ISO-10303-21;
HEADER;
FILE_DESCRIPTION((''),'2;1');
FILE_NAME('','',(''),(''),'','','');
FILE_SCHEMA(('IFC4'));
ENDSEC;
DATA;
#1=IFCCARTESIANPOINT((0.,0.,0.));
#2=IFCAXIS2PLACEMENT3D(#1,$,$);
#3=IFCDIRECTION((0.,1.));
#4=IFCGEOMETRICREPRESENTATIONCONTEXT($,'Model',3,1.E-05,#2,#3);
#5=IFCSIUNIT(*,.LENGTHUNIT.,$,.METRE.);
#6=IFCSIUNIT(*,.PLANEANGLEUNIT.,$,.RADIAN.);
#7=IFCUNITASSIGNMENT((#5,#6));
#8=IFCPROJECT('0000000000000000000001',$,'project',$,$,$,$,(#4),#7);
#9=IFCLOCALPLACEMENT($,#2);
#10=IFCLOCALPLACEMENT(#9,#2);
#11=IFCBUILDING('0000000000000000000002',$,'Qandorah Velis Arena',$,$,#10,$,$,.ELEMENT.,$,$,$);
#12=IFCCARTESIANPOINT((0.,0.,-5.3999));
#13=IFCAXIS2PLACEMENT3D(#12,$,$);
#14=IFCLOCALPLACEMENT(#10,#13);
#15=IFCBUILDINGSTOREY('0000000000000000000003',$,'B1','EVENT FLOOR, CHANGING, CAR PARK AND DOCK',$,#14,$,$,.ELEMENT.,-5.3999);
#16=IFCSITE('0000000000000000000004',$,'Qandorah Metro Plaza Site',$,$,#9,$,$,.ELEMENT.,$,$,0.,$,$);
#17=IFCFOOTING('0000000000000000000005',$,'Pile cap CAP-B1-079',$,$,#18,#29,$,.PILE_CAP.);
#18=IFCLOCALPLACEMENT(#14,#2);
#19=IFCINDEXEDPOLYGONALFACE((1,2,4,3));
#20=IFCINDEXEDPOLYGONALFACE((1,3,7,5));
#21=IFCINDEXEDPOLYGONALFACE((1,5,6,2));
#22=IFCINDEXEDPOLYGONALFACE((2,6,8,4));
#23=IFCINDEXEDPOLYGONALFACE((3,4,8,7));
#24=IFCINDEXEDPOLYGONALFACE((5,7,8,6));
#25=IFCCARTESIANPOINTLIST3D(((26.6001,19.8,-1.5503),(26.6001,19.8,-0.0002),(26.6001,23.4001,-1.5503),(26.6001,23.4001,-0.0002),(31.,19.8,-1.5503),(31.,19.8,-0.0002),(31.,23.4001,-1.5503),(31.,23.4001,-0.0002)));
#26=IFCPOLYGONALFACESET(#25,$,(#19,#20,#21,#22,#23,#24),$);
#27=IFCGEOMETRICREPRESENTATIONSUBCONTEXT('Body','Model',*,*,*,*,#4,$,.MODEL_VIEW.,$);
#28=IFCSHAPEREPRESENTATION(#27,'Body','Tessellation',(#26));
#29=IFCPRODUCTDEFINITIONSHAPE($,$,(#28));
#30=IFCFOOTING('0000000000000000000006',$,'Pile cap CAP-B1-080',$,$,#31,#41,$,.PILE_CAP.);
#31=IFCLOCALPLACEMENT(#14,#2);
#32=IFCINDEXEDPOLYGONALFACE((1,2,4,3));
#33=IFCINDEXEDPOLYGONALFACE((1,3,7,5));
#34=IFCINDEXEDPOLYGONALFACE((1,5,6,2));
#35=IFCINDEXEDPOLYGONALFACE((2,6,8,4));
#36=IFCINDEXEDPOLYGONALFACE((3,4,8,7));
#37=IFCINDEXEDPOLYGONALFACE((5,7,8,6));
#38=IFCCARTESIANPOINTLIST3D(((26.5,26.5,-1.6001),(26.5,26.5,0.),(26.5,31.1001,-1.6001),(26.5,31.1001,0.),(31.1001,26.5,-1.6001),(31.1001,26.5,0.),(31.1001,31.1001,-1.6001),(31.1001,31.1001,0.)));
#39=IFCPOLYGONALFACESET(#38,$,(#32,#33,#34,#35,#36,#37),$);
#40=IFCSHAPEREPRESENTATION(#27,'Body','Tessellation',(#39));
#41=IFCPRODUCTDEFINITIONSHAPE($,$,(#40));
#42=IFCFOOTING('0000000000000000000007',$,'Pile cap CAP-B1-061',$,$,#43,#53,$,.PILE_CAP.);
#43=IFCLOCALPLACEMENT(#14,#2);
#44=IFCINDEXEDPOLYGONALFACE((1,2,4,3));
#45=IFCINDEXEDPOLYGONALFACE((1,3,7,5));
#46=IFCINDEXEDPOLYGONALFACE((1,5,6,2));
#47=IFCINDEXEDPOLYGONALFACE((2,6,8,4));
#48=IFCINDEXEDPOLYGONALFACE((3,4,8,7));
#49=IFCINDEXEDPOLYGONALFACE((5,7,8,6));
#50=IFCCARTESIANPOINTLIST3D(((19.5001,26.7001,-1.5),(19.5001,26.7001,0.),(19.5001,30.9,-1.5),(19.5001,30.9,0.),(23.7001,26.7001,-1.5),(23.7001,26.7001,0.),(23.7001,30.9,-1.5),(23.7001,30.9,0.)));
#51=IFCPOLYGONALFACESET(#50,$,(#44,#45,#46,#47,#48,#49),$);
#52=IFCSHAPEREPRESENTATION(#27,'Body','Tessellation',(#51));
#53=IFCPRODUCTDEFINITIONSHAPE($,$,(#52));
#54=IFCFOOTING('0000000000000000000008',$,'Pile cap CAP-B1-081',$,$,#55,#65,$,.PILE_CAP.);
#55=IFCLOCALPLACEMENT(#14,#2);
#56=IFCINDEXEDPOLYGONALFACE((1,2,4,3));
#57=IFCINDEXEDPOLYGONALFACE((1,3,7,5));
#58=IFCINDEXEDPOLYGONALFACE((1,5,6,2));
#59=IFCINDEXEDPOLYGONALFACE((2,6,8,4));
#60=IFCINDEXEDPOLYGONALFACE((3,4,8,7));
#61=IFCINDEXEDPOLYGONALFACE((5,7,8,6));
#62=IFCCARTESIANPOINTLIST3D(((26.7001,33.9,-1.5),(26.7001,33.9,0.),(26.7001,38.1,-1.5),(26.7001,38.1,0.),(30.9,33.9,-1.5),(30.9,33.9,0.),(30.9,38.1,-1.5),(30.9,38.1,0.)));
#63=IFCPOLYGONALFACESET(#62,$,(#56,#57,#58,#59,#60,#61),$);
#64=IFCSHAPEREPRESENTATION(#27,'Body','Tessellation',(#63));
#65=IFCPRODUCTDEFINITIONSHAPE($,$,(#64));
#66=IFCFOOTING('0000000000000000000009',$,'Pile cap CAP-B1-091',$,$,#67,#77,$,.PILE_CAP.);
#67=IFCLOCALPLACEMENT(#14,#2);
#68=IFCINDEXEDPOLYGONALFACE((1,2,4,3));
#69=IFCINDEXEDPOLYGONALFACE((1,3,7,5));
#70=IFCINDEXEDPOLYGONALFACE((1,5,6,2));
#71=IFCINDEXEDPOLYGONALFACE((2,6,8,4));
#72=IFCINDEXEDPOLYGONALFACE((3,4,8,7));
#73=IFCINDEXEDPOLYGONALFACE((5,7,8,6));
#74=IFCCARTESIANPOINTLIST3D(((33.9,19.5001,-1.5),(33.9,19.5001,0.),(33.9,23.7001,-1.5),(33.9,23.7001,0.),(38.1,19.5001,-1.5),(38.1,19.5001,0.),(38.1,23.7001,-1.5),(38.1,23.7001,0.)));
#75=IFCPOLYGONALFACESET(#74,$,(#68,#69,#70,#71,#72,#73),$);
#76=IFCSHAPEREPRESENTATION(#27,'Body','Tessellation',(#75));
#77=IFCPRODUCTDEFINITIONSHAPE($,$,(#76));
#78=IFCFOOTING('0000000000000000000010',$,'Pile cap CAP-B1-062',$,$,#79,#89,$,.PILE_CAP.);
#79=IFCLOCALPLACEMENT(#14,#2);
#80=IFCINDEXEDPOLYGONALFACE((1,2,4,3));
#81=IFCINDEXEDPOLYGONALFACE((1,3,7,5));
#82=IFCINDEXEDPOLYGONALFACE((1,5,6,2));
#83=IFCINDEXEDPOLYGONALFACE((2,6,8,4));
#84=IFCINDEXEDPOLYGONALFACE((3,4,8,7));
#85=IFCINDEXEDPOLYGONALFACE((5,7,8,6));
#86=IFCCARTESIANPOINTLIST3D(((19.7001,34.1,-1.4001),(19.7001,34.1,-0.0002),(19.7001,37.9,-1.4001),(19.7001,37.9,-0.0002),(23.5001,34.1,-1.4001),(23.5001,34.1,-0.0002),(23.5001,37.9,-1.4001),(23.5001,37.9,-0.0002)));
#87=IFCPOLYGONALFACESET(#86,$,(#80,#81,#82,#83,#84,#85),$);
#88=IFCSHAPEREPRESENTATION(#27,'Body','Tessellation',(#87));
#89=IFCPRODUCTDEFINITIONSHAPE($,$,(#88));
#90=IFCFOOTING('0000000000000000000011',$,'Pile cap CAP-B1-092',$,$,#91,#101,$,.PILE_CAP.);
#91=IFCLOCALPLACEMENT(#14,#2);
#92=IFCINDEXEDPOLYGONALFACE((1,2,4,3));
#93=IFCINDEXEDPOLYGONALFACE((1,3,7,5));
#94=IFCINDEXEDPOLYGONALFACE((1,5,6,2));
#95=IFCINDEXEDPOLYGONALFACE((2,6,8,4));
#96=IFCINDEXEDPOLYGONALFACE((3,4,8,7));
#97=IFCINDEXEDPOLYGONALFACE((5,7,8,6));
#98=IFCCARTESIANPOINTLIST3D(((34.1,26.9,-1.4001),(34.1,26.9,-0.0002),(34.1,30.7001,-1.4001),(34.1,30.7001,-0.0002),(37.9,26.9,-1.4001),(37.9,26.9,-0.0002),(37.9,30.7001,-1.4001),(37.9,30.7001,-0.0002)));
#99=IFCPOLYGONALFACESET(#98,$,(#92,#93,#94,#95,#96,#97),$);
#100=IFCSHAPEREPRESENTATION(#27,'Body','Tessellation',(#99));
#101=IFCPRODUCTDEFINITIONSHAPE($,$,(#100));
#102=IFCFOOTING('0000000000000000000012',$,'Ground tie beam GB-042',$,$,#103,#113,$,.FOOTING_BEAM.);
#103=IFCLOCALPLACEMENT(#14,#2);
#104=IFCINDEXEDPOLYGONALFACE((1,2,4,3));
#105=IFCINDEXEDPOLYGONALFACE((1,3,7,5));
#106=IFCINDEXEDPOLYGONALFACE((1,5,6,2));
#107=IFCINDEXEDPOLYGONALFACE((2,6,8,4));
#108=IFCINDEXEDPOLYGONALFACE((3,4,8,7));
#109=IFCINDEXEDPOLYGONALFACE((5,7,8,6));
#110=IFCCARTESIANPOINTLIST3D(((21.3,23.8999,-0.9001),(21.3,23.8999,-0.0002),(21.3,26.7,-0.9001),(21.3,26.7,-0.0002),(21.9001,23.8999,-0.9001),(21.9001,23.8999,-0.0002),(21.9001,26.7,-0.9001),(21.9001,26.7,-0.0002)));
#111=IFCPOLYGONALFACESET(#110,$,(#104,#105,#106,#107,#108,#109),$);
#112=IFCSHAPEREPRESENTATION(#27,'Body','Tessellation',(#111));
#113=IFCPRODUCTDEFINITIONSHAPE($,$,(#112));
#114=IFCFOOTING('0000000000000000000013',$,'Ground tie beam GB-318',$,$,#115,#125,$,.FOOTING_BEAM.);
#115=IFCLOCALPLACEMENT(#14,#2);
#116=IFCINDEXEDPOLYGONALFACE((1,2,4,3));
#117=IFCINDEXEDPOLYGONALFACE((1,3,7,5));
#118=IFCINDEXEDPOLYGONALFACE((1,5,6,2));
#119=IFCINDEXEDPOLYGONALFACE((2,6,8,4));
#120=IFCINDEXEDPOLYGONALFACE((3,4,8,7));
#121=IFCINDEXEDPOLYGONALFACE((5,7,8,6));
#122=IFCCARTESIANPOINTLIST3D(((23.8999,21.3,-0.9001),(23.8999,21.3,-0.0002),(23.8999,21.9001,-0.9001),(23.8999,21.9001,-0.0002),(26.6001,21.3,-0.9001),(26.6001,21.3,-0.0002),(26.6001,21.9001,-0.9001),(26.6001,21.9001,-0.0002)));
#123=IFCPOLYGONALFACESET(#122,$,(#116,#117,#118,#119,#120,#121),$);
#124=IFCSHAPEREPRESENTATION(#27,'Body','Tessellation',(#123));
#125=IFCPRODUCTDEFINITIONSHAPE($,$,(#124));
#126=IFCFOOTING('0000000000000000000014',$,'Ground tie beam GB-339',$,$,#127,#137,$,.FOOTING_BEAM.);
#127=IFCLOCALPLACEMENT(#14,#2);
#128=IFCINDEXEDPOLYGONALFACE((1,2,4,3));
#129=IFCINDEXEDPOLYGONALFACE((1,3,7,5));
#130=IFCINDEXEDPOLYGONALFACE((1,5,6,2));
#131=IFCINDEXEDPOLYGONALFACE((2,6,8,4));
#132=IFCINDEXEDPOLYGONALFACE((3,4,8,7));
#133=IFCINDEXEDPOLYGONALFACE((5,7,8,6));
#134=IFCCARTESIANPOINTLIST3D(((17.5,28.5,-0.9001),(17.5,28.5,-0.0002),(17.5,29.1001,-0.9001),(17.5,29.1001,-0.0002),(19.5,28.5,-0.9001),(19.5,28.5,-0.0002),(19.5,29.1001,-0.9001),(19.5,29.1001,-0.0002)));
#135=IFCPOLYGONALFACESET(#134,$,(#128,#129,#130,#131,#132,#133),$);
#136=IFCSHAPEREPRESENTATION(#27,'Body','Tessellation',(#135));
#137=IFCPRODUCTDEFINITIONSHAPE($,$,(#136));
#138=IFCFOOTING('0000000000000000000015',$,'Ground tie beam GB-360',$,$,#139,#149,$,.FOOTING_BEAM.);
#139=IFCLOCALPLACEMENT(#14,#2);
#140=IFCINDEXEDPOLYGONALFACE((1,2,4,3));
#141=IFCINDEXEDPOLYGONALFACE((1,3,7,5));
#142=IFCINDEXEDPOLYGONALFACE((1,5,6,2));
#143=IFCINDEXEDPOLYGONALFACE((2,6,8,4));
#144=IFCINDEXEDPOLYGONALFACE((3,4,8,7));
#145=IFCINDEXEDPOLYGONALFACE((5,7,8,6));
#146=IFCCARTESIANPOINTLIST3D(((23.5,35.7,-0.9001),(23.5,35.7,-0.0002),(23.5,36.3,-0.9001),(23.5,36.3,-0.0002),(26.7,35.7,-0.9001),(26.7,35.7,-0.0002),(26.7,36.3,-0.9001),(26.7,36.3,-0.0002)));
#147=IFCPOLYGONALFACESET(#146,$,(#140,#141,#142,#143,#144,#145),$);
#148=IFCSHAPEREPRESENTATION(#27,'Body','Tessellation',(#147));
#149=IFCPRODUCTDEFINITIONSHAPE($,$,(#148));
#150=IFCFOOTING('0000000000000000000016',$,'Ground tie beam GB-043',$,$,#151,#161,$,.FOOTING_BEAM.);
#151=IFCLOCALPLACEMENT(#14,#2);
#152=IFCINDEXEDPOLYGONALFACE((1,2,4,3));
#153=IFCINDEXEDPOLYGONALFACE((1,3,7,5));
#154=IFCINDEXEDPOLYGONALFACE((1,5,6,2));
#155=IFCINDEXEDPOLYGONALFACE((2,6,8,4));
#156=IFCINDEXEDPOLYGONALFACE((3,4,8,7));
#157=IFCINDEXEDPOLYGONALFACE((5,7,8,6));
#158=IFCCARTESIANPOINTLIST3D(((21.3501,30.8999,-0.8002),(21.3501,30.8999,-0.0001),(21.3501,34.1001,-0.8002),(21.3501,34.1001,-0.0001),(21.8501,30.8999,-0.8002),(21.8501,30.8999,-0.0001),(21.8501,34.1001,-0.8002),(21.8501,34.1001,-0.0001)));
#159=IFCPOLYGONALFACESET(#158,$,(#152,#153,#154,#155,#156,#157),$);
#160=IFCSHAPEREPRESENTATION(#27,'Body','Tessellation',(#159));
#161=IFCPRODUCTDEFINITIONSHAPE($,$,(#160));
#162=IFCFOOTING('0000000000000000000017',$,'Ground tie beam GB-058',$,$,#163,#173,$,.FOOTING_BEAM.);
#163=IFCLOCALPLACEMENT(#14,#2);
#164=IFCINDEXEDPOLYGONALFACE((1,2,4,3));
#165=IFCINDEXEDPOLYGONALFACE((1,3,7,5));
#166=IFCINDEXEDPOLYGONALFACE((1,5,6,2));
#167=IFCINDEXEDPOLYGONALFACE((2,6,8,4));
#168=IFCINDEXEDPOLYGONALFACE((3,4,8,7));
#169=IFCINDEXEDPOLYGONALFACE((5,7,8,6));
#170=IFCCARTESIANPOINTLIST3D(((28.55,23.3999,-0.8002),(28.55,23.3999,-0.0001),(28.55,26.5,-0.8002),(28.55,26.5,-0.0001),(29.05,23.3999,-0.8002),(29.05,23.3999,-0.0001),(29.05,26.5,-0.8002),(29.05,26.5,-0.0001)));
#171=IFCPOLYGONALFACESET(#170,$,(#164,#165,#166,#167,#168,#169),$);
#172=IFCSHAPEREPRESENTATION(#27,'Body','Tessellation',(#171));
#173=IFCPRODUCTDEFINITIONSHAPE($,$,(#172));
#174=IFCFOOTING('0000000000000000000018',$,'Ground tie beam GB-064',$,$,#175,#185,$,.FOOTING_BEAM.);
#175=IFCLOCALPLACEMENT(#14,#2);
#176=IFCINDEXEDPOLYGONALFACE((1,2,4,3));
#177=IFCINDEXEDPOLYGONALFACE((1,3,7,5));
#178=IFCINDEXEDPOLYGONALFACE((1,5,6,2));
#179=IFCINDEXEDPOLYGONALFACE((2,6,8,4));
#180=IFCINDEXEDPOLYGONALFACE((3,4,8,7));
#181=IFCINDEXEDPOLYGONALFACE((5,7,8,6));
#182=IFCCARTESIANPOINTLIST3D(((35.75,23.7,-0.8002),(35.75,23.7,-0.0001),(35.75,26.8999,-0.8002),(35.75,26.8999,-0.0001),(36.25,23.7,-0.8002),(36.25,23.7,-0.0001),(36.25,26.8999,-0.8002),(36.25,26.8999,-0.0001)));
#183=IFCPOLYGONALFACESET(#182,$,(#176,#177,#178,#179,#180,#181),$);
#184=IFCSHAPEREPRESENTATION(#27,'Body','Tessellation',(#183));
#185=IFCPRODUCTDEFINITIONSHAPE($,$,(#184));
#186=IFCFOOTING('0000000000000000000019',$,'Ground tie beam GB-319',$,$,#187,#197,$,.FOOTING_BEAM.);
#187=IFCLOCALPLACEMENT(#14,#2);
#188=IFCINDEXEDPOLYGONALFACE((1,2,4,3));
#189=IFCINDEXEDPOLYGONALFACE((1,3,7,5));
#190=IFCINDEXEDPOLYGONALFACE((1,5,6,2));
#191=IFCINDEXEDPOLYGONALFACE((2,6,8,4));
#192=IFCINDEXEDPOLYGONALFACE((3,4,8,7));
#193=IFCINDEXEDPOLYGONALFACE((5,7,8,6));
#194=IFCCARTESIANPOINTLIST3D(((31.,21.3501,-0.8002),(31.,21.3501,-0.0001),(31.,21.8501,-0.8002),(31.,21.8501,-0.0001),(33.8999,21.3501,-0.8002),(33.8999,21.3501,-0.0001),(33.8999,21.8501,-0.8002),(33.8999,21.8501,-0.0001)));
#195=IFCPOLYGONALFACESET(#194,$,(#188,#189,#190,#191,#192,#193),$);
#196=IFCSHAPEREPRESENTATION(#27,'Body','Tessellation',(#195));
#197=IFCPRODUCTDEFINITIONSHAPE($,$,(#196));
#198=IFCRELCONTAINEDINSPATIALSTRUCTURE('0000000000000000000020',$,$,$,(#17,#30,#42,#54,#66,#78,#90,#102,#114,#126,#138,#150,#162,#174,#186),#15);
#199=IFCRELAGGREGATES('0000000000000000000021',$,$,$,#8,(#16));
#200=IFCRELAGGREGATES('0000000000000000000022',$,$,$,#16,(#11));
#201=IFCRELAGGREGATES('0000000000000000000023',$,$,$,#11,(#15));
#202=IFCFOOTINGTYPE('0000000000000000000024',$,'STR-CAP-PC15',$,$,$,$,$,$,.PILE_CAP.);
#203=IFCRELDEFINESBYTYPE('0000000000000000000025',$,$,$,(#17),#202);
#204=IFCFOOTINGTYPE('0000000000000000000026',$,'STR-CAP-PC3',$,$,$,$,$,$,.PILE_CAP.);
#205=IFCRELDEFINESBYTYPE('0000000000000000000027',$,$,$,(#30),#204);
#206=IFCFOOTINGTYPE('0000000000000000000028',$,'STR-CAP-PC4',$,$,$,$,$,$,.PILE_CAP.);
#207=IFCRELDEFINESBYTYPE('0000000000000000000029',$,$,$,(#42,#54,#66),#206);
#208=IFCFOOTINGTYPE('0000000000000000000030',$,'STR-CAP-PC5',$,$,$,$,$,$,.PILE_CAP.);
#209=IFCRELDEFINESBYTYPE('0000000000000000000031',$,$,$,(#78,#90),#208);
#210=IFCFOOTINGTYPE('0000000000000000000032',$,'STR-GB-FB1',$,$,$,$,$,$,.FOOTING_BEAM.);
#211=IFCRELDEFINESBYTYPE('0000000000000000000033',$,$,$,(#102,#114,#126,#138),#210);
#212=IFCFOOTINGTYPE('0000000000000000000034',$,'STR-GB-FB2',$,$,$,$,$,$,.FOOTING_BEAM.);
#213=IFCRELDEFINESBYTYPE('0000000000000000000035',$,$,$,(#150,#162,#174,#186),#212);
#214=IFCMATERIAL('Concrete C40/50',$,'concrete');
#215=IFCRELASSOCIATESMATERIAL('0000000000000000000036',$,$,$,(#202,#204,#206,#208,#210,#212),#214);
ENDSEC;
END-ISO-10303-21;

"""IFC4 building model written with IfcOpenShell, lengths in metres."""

from ifc_helpers import new_model, si_unit, direction, frame, origin, origin_2d, place, context, subcontext, project, spatial, rectangle, extrude, material, material_profile, profile_set, type_object, element, save


model = new_model("IFC4")

# Units and contexts
model_context = context("Model", 3, precision=1e-05, world=origin(), true_north=direction((0.0, 1.0)))
body_context = subcontext(model_context, "Body", "Model", "MODEL_VIEW")
ifc_project = project(units=[si_unit("LENGTHUNIT", "METRE"), si_unit("PLANEANGLEUNIT", "RADIAN")], contexts=[model_context])

# Site, building, storey
site_placement = place(None, origin())
site = spatial("IfcSite", under=ifc_project, at=site_placement, Name="Qandorah Metro Plaza Site", CompositionType="ELEMENT", RefElevation=0.0)
building_placement = place(site_placement, origin())
building = spatial("IfcBuilding", under=site, at=building_placement, Name="Qandorah Velis Arena", CompositionType="ELEMENT")
storey_placement = place(building_placement, frame((0.0, 0.0, -5.3999)))
storey = spatial("IfcBuildingStorey", under=building, at=storey_placement, Name="B1", Description="EVENT FLOOR, CHANGING, CAR PARK AND DOCK", CompositionType="ELEMENT", Elevation=-5.3999)

# Footings
ifc_material = material(Name="Concrete C40/50", Category="concrete")
footing_type_1 = type_object("IfcFootingType", Name="STR-CAP-PC15", PredefinedType="PILE_CAP", material=ifc_material)
footing_1_placement = place(storey_placement, frame((28.8, 21.6001, -1.5503), z_axis=(0.0, 0.0, 1.0), x_axis=(1.0, 0.0, 0.0)))
element("IfcFooting", 1, at=footing_1_placement, inside=storey, type_object=footing_type_1, Name="Pile cap CAP-B1-079", PredefinedType="PILE_CAP", context=body_context, shape_type="SweptSolid", body=[
    extrude(rectangle(XDim=4.3999, YDim=3.6001, at=origin_2d()), origin(), (0.0, 0.0, 1.0), 1.55),
])
footing_type_2 = type_object("IfcFootingType", Name="STR-CAP-PC3", PredefinedType="PILE_CAP", material=ifc_material)
footing_2_placement = place(storey_placement, frame((28.8, 28.8, -1.6001), z_axis=(0.0, 0.0, 1.0), x_axis=(1.0, 0.0, 0.0)))
element("IfcFooting", 2, at=footing_2_placement, inside=storey, type_object=footing_type_2, Name="Pile cap CAP-B1-080", PredefinedType="PILE_CAP", context=body_context, shape_type="SweptSolid", body=[
    extrude(rectangle(XDim=4.6001, YDim=4.6001, at=origin_2d()), origin(), (0.0, 0.0, 1.0), 1.6001),
])
footing_type_3 = type_object("IfcFootingType", Name="STR-CAP-PC4", PredefinedType="PILE_CAP", material=ifc_material)
for number, where, z_axis, x_axis, name in (
    (3, (21.6001, 28.8, -1.5), (0.0, 0.0, 1.0), (1.0, 0.0, 0.0), "Pile cap CAP-B1-061"),
    (4, (28.8, 36.0, -1.5), (0.0, 0.0, 1.0), (1.0, 0.0, 0.0), "Pile cap CAP-B1-081"),
    (5, (36.0, 21.6001, -1.5), (0.0, 0.0, 1.0), (1.0, 0.0, 0.0), "Pile cap CAP-B1-091"),
):
    element("IfcFooting", number, at=place(storey_placement, frame(where, z_axis=z_axis, x_axis=x_axis)), inside=storey, type_object=footing_type_3, Name=name, PredefinedType="PILE_CAP", context=body_context, shape_type="SweptSolid", body=[
        extrude(rectangle(XDim=4.2, YDim=4.2, at=origin_2d()), origin(), (0.0, 0.0, 1.0), 1.5),
    ])
footing_type_4 = type_object("IfcFootingType", Name="STR-CAP-PC5", PredefinedType="PILE_CAP", material=ifc_material)
for number, where, z_axis, x_axis, name in (
    (6, (21.6001, 36.0, -1.4001), (0.0, 0.0, 1.0), (1.0, 0.0, 0.0), "Pile cap CAP-B1-062"),
    (7, (36.0, 28.8, -1.4001), (0.0, 0.0, 1.0), (1.0, 0.0, 0.0), "Pile cap CAP-B1-092"),
):
    element("IfcFooting", number, at=place(storey_placement, frame(where, z_axis=z_axis, x_axis=x_axis)), inside=storey, type_object=footing_type_4, Name=name, PredefinedType="PILE_CAP", context=body_context, shape_type="SweptSolid", body=[
        extrude(rectangle(XDim=3.8, YDim=3.8, at=origin_2d()), origin(), (0.0, 0.0, 1.0), 1.3999),
    ])
ifc_material_profile_1 = material_profile(ifc_material, rectangle(XDim=0.6001, YDim=0.8999, at=origin_2d()), Name="GB1 600x900")
ifc_profile_set_1 = profile_set([ifc_material_profile_1], Name="Concrete C40/50")
footing_type_5 = type_object("IfcFootingType", Name="STR-GB-FB1", PredefinedType="FOOTING_BEAM", material=ifc_profile_set_1)
footing_3_placement = place(storey_placement, frame((21.6001, 23.8999, -0.4502), z_axis=(0.0, 1.0, 0.0), x_axis=(-1.0, 0.0, 0.0)))
element("IfcFooting", 8, at=footing_3_placement, inside=storey, type_object=footing_type_5, Name="Ground tie beam GB-042", PredefinedType="FOOTING_BEAM", context=body_context, shape_type="SweptSolid", body=[
    extrude(rectangle(XDim=0.6001, YDim=0.8999, at=origin_2d()), origin(), (0.0, 0.0, 1.0), 2.8),
])
footing_4_placement = place(storey_placement, frame((23.8999, 21.6001, -0.4502), z_axis=(1.0, 0.0, 0.0), x_axis=(0.0, 1.0, 0.0)))
element("IfcFooting", 9, at=footing_4_placement, inside=storey, type_object=footing_type_5, Name="Ground tie beam GB-318", PredefinedType="FOOTING_BEAM", context=body_context, shape_type="SweptSolid", body=[
    extrude(rectangle(XDim=0.6001, YDim=0.8999, at=origin_2d()), origin(), (0.0, 0.0, 1.0), 2.7002),
])
footing_5_placement = place(storey_placement, frame((17.5, 28.8, -0.4502), z_axis=(1.0, 0.0, 0.0), x_axis=(0.0, 1.0, 0.0)))
element("IfcFooting", 10, at=footing_5_placement, inside=storey, type_object=footing_type_5, Name="Ground tie beam GB-339", PredefinedType="FOOTING_BEAM", context=body_context, shape_type="SweptSolid", body=[
    extrude(rectangle(XDim=0.6001, YDim=0.8999, at=origin_2d()), origin(), (0.0, 0.0, 1.0), 2.0),
])
footing_6_placement = place(storey_placement, frame((23.5, 36.0, -0.4502), z_axis=(1.0, 0.0, 0.0), x_axis=(0.0, 1.0, 0.0)))
element("IfcFooting", 11, at=footing_6_placement, inside=storey, type_object=footing_type_5, Name="Ground tie beam GB-360", PredefinedType="FOOTING_BEAM", context=body_context, shape_type="SweptSolid", body=[
    extrude(rectangle(XDim=0.6001, YDim=0.8999, at=origin_2d()), origin(), (0.0, 0.0, 1.0), 3.2),
])
ifc_material_profile_2 = material_profile(ifc_material, rectangle(XDim=0.5, YDim=0.8, at=origin_2d()), Name="GB2 500x800")
ifc_profile_set_2 = profile_set([ifc_material_profile_2], Name="Concrete C40/50")
footing_type_6 = type_object("IfcFootingType", Name="STR-GB-FB2", PredefinedType="FOOTING_BEAM", material=ifc_profile_set_2)
footing_7_placement = place(storey_placement, frame((21.6001, 30.8999, -0.4001), z_axis=(0.0, 1.0, 0.0), x_axis=(-1.0, 0.0, 0.0)))
element("IfcFooting", 12, at=footing_7_placement, inside=storey, type_object=footing_type_6, Name="Ground tie beam GB-043", PredefinedType="FOOTING_BEAM", context=body_context, shape_type="SweptSolid", body=[
    extrude(rectangle(XDim=0.5, YDim=0.8, at=origin_2d()), origin(), (0.0, 0.0, 1.0), 3.2002),
])
footing_8_placement = place(storey_placement, frame((28.8, 23.3999, -0.4001), z_axis=(0.0, 1.0, 0.0), x_axis=(-1.0, 0.0, 0.0)))
element("IfcFooting", 13, at=footing_8_placement, inside=storey, type_object=footing_type_6, Name="Ground tie beam GB-058", PredefinedType="FOOTING_BEAM", context=body_context, shape_type="SweptSolid", body=[
    extrude(rectangle(XDim=0.5, YDim=0.8, at=origin_2d()), origin(), (0.0, 0.0, 1.0), 3.1001),
])
footing_9_placement = place(storey_placement, frame((36.0, 23.7, -0.4001), z_axis=(0.0, 1.0, 0.0), x_axis=(-1.0, 0.0, 0.0)))
element("IfcFooting", 14, at=footing_9_placement, inside=storey, type_object=footing_type_6, Name="Ground tie beam GB-064", PredefinedType="FOOTING_BEAM", context=body_context, shape_type="SweptSolid", body=[
    extrude(rectangle(XDim=0.5, YDim=0.8, at=origin_2d()), origin(), (0.0, 0.0, 1.0), 3.2),
])
footing_10_placement = place(storey_placement, frame((31.0, 21.6001, -0.4001), z_axis=(1.0, 0.0, 0.0), x_axis=(0.0, 1.0, 0.0)))
element("IfcFooting", 15, at=footing_10_placement, inside=storey, type_object=footing_type_6, Name="Ground tie beam GB-319", PredefinedType="FOOTING_BEAM", context=body_context, shape_type="SweptSolid", body=[
    extrude(rectangle(XDim=0.5, YDim=0.8, at=origin_2d()), origin(), (0.0, 0.0, 1.0), 2.8999),
])

save(model, "model.ifc")
